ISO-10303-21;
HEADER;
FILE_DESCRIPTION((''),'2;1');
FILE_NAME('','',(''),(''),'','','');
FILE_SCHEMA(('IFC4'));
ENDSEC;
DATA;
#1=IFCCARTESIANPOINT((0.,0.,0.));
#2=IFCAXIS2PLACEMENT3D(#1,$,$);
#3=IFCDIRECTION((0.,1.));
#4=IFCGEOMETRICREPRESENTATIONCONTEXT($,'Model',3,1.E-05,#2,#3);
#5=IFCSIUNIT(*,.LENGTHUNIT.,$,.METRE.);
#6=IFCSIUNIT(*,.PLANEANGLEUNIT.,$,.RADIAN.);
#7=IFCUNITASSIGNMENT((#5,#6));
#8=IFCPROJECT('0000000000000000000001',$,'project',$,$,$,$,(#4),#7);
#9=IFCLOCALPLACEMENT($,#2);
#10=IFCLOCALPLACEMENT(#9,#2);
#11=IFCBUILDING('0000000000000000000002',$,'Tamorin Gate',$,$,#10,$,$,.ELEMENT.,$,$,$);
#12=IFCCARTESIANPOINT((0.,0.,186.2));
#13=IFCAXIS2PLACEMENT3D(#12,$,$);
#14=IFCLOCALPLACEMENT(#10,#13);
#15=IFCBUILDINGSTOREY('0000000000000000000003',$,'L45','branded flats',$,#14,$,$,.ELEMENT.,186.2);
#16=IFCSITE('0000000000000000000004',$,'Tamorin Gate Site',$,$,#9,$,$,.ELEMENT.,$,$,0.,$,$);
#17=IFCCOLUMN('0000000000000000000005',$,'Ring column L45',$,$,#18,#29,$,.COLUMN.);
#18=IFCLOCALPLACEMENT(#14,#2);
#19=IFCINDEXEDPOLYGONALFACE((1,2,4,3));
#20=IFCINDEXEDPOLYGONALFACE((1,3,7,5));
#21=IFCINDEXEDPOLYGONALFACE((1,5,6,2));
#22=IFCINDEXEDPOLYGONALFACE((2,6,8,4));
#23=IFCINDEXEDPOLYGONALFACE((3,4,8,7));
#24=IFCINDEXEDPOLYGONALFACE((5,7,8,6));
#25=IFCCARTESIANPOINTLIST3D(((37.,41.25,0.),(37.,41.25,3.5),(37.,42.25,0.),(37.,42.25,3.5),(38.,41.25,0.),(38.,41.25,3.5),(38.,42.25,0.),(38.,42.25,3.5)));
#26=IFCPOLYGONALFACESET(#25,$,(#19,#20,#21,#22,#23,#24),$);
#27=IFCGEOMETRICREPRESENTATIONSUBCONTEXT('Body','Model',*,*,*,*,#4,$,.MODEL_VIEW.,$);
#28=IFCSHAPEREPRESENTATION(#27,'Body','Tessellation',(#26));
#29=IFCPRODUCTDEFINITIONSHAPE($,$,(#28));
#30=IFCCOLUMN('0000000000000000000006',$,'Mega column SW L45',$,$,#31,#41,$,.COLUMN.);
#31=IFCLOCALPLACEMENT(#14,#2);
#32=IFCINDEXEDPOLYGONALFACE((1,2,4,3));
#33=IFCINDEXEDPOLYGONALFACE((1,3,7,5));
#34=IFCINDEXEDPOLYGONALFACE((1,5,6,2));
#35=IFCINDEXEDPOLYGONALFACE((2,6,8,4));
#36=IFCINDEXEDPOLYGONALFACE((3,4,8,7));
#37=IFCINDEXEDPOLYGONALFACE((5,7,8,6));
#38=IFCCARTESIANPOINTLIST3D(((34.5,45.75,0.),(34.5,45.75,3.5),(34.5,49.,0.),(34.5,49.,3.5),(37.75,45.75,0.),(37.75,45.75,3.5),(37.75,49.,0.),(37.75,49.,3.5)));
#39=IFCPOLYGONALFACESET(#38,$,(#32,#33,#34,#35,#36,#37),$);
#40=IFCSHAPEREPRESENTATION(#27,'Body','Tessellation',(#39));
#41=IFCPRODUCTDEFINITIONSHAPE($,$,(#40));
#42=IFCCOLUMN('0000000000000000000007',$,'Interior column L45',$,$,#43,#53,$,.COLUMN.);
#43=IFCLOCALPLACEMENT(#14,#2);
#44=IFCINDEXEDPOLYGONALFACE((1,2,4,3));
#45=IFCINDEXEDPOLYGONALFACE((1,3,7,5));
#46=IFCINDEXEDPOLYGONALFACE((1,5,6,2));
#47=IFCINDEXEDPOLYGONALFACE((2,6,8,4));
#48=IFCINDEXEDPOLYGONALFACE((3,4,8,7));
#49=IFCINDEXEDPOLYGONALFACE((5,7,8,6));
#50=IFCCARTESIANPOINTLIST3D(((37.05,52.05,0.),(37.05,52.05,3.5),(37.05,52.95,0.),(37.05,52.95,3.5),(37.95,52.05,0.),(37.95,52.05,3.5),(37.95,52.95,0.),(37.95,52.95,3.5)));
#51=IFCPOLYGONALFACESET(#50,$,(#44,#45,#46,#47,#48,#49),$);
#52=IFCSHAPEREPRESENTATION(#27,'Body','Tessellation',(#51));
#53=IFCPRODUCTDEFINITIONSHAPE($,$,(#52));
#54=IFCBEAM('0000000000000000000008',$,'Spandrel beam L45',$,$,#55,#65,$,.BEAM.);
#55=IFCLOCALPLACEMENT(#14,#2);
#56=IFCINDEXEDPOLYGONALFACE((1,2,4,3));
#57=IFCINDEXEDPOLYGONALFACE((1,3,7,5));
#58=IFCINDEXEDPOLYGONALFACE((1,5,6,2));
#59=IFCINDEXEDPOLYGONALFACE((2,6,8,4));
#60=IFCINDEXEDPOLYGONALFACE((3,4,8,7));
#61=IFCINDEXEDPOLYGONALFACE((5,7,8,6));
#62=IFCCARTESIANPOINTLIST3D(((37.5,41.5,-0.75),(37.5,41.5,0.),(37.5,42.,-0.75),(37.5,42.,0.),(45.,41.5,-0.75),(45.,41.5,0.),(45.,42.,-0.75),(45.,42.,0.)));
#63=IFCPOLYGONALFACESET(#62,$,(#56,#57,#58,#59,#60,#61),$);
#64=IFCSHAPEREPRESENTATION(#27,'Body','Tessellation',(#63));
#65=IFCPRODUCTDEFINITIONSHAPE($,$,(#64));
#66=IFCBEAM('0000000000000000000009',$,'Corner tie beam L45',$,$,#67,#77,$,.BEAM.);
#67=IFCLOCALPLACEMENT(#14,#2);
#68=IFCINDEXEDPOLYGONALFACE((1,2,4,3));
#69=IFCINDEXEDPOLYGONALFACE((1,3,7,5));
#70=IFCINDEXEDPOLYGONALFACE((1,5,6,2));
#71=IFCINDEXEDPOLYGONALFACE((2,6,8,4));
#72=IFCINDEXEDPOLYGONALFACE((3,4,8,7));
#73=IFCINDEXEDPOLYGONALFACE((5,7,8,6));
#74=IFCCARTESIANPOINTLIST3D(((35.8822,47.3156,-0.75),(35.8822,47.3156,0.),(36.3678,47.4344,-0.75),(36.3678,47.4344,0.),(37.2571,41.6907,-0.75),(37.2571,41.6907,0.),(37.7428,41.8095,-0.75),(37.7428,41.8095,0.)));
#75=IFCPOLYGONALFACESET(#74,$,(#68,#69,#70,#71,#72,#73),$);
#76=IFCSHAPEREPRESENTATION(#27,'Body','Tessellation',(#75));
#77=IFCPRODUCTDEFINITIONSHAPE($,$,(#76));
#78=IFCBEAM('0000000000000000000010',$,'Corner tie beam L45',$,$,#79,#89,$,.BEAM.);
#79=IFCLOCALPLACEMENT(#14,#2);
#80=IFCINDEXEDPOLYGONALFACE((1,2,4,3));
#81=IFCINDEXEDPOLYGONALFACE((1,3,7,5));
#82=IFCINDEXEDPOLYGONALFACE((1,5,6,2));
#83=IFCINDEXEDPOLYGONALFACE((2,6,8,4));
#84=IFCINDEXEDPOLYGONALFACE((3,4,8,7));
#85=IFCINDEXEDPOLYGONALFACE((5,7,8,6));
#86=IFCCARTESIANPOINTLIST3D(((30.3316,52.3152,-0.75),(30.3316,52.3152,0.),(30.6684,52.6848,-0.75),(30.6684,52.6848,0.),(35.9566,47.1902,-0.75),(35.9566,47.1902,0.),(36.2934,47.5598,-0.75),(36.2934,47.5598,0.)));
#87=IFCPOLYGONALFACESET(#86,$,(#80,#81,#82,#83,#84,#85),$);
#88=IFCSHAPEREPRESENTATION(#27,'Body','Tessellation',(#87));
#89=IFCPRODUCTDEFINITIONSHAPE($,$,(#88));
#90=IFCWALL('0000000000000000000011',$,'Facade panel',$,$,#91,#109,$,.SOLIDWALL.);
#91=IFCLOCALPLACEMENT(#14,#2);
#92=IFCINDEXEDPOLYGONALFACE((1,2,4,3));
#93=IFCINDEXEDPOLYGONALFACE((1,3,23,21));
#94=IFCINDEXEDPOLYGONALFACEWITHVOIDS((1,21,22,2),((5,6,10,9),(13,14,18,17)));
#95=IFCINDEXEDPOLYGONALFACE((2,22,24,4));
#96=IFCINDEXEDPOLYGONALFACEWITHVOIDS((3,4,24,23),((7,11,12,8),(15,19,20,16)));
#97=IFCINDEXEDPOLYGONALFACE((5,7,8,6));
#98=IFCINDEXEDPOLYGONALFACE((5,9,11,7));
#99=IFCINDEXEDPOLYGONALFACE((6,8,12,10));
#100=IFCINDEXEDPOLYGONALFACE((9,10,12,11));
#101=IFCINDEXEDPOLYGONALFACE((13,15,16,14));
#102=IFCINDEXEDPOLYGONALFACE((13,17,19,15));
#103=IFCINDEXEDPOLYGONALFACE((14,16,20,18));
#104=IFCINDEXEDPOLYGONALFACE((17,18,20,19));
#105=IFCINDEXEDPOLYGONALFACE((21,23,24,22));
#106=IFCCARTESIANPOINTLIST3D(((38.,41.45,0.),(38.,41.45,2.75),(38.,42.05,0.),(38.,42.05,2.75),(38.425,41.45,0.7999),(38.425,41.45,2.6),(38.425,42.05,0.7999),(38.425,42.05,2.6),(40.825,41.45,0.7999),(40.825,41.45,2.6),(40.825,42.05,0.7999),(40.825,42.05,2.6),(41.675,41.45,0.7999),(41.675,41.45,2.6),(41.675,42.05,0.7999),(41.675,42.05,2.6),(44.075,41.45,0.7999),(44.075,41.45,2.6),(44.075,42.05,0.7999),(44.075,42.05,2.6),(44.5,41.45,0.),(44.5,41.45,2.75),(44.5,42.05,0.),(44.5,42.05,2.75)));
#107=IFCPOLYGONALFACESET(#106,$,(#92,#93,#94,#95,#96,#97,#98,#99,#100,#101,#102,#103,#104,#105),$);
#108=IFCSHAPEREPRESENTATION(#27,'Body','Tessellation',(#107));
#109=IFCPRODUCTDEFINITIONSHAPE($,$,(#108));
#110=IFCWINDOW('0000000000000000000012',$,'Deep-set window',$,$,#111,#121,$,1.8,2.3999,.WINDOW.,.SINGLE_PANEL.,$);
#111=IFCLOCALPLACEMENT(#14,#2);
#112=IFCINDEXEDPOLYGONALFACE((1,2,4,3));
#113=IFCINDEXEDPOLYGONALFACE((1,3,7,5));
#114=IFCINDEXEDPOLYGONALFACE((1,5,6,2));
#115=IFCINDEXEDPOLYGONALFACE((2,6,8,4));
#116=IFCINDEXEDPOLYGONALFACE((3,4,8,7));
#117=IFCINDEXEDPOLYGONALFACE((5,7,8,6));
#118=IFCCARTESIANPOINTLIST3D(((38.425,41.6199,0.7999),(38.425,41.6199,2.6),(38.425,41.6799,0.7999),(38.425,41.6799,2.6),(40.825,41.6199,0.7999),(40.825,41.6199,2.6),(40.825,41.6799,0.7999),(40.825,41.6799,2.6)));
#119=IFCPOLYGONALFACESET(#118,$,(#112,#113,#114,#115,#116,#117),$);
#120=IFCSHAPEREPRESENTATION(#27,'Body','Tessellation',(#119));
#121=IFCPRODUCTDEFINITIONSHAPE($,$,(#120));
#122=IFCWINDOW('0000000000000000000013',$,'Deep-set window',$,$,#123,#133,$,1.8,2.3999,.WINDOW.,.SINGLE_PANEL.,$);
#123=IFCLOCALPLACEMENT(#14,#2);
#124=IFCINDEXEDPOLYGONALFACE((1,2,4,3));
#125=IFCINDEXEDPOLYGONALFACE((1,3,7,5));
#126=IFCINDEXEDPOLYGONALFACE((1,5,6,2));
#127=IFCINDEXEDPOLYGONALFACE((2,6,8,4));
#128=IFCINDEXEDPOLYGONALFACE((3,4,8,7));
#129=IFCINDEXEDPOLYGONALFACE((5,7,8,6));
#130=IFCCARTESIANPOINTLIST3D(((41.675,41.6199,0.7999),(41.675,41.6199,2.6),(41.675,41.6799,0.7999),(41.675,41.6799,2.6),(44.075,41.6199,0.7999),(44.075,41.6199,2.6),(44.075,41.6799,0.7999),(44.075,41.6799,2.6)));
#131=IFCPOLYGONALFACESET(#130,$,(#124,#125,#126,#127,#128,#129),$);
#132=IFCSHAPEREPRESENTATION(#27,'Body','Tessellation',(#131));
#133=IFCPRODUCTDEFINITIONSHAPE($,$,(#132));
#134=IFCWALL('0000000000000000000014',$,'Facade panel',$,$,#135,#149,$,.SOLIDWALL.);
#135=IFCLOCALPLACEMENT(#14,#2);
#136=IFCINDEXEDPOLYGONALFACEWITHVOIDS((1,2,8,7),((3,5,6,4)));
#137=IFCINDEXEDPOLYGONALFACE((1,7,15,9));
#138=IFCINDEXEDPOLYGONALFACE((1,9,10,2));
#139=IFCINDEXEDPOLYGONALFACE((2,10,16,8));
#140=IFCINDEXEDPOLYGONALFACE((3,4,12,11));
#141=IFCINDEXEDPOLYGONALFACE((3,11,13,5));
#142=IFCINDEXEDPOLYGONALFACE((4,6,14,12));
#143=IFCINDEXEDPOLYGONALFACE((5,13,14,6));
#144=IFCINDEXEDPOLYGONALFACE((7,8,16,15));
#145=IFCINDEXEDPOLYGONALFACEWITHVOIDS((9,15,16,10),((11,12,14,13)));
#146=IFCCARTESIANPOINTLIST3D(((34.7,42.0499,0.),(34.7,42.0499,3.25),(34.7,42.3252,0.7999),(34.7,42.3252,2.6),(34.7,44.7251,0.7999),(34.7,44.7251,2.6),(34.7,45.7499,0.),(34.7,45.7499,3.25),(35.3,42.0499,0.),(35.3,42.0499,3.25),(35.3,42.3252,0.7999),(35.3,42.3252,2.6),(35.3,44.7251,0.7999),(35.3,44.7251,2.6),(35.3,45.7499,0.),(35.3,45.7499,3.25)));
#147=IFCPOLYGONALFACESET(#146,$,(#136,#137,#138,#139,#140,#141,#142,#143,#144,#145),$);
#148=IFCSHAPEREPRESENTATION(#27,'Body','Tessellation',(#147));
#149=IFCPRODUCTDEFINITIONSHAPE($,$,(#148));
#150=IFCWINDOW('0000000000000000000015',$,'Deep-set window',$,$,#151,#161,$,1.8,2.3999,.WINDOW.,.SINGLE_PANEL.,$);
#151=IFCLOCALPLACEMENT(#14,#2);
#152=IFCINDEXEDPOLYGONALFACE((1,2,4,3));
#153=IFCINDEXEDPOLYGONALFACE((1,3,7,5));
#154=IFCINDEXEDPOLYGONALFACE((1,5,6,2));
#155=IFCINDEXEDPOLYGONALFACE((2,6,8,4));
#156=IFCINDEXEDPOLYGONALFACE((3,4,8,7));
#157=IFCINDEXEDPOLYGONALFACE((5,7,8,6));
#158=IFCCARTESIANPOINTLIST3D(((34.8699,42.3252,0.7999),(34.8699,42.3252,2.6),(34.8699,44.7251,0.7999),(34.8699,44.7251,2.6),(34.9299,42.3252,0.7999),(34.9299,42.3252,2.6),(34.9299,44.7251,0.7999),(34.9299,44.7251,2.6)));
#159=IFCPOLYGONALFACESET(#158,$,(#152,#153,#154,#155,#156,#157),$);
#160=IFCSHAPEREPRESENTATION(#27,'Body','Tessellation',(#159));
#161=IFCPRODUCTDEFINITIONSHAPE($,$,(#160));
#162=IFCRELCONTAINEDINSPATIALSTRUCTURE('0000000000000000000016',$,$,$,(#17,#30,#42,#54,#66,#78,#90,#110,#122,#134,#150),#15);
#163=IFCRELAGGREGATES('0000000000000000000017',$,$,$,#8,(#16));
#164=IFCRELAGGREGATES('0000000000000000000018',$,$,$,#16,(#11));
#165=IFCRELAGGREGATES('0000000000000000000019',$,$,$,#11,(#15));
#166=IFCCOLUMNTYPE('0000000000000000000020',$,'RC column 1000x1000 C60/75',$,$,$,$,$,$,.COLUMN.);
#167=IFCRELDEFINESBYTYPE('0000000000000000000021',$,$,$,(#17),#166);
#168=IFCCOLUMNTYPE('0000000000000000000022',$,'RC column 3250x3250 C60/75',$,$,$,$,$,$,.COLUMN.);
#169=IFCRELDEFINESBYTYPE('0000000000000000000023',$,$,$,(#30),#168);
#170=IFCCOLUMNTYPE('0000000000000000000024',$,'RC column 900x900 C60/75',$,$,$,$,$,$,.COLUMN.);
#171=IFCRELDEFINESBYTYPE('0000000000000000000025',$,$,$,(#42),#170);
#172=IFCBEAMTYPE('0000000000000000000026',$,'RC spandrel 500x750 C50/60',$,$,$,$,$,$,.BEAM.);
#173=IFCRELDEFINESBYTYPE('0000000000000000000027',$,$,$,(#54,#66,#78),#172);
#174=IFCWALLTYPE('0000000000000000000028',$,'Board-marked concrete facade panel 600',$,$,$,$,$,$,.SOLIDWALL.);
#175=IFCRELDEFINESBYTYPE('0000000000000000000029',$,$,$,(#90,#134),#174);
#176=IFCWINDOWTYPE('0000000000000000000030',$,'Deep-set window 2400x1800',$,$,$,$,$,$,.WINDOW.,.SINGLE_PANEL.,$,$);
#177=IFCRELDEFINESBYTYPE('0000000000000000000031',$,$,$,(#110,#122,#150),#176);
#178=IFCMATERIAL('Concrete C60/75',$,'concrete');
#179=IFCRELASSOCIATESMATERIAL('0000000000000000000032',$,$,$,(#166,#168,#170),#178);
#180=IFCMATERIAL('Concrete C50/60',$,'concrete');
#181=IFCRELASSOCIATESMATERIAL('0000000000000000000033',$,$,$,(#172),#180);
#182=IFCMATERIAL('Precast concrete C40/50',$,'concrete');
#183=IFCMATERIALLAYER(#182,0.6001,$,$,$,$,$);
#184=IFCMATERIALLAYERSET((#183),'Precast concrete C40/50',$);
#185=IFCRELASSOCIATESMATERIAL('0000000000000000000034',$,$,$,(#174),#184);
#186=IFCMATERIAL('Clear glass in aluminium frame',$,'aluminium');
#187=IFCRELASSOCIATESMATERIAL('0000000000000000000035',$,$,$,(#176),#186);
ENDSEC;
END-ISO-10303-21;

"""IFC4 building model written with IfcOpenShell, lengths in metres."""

from ifc_helpers import new_model, si_unit, direction, frame, frame_2d, origin, origin_2d, place, context, subcontext, project, spatial, rectangle, extrude, material, layer, layer_set, material_profile, profile_set, type_object, element, fill, save


model = new_model("IFC4")

# Units and contexts
model_context = context("Model", 3, precision=1e-05, world=origin(), true_north=direction((0.0, 1.0)))
body_context = subcontext(model_context, "Body", "Model", "MODEL_VIEW")
ifc_project = project(units=[si_unit("LENGTHUNIT", "METRE"), si_unit("PLANEANGLEUNIT", "RADIAN")], contexts=[model_context])

# Site, building, storey
site_placement = place(None, origin())
site = spatial("IfcSite", under=ifc_project, at=site_placement, Name="Tamorin Gate Site", CompositionType="ELEMENT", RefElevation=0.0)
building_placement = place(site_placement, origin())
building = spatial("IfcBuilding", under=site, at=building_placement, Name="Tamorin Gate", CompositionType="ELEMENT")
storey_placement = place(building_placement, frame((0.0, 0.0, 186.2)))
storey = spatial("IfcBuildingStorey", under=building, at=storey_placement, Name="L45", Description="branded flats", CompositionType="ELEMENT", Elevation=186.2)

# Columns
ifc_material_1 = material(Name="Concrete C60/75", Category="concrete")
ifc_material_profile_1 = material_profile(ifc_material_1, rectangle(XDim=1.0, YDim=1.0, at=origin_2d()), Name="RC 1000x1000")
ifc_profile_set_1 = profile_set([ifc_material_profile_1], Name="Concrete C60/75")
column_type_1 = type_object("IfcColumnType", Name="RC column 1000x1000 C60/75", PredefinedType="COLUMN", material=ifc_profile_set_1)
column_1_placement = place(storey_placement, frame((37.5, 41.75, 0.0), z_axis=(0.0, 0.0, 1.0), x_axis=(1.0, 0.0, 0.0)))
element("IfcColumn", 1, at=column_1_placement, inside=storey, type_object=column_type_1, Name="Ring column L45", PredefinedType="COLUMN", context=body_context, shape_type="SweptSolid", body=[
    extrude(rectangle(XDim=1.0, YDim=1.0, at=origin_2d()), origin(), (0.0, 0.0, 1.0), 3.5),
])
ifc_material_profile_2 = material_profile(ifc_material_1, rectangle(XDim=3.25, YDim=3.25, at=origin_2d()), Name="RC 3250x3250")
ifc_profile_set_2 = profile_set([ifc_material_profile_2], Name="Concrete C60/75")
column_type_2 = type_object("IfcColumnType", Name="RC column 3250x3250 C60/75", PredefinedType="COLUMN", material=ifc_profile_set_2)
column_2_placement = place(storey_placement, frame((36.125, 47.375, 0.0), z_axis=(0.0, 0.0, 1.0), x_axis=(1.0, 0.0, 0.0)))
element("IfcColumn", 2, at=column_2_placement, inside=storey, type_object=column_type_2, Name="Mega column SW L45", PredefinedType="COLUMN", context=body_context, shape_type="SweptSolid", body=[
    extrude(rectangle(XDim=3.25, YDim=3.25, at=origin_2d()), origin(), (0.0, 0.0, 1.0), 3.5),
])
ifc_material_profile_3 = material_profile(ifc_material_1, rectangle(XDim=0.8999, YDim=0.8999, at=origin_2d()), Name="RC 900x900")
ifc_profile_set_3 = profile_set([ifc_material_profile_3], Name="Concrete C60/75")
column_type_3 = type_object("IfcColumnType", Name="RC column 900x900 C60/75", PredefinedType="COLUMN", material=ifc_profile_set_3)
column_3_placement = place(storey_placement, frame((37.5, 52.5, 0.0), z_axis=(0.0, 0.0, 1.0), x_axis=(1.0, 0.0, 0.0)))
element("IfcColumn", 3, at=column_3_placement, inside=storey, type_object=column_type_3, Name="Interior column L45", PredefinedType="COLUMN", context=body_context, shape_type="SweptSolid", body=[
    extrude(rectangle(XDim=0.8999, YDim=0.8999, at=origin_2d()), origin(), (0.0, 0.0, 1.0), 3.5),
])

# Beams
ifc_material_2 = material(Name="Concrete C50/60", Category="concrete")
ifc_material_profile_4 = material_profile(ifc_material_2, rectangle(XDim=0.5, YDim=0.75, at=origin_2d()), Name="RC 500x750")
ifc_profile_set_4 = profile_set([ifc_material_profile_4], Name="Concrete C50/60")
beam_type = type_object("IfcBeamType", Name="RC spandrel 500x750 C50/60", PredefinedType="BEAM", material=ifc_profile_set_4)
beam_1_placement = place(storey_placement, frame((37.5, 41.75, -0.375), z_axis=(1.0, 0.0, 0.0), x_axis=(0.0, 1.0, 0.0)))
element("IfcBeam", 4, at=beam_1_placement, inside=storey, type_object=beam_type, Name="Spandrel beam L45", PredefinedType="BEAM", context=body_context, shape_type="SweptSolid", body=[
    extrude(rectangle(XDim=0.5, YDim=0.75, at=origin_2d()), origin(), (0.0, 0.0, 1.0), 7.5),
])
beam_2_placement = place(storey_placement, frame((36.125, 47.375, -0.375), z_axis=(0.237453, -0.971399, 0.0), x_axis=(0.971399, 0.237453, 0.0)))
element("IfcBeam", 5, at=beam_2_placement, inside=storey, type_object=beam_type, Name="Corner tie beam L45", PredefinedType="BEAM", context=body_context, shape_type="SweptSolid", body=[
    extrude(rectangle(XDim=0.5, YDim=0.75, at=origin_2d()), origin(), (0.0, 0.0, 1.0), 5.7905),
])
beam_3_placement = place(storey_placement, frame((36.125, 47.375, -0.375), z_axis=(-0.739196, 0.67349, 0.0), x_axis=(-0.67349, -0.739196, 0.0)))
element("IfcBeam", 6, at=beam_3_placement, inside=storey, type_object=beam_type, Name="Corner tie beam L45", PredefinedType="BEAM", context=body_context, shape_type="SweptSolid", body=[
    extrude(rectangle(XDim=0.5, YDim=0.75, at=origin_2d()), origin(), (0.0, 0.0, 1.0), 7.6096),
])

# Wall, openings, windows
ifc_material_3 = material(Name="Precast concrete C40/50", Category="concrete")
ifc_layer_1 = layer(ifc_material_3, 0.6001)
ifc_layer_set_1 = layer_set([ifc_layer_1], Name="Precast concrete C40/50")
wall_type_1 = type_object("IfcWallType", Name="Board-marked concrete facade panel 600", PredefinedType="SOLIDWALL", material=ifc_layer_set_1)
wall_1_placement = place(storey_placement, frame((38.0, 41.75, 0.0), z_axis=(0.0, 0.0, 1.0), x_axis=(1.0, 0.0, 0.0)))
wall_1 = element("IfcWall", 7, at=wall_1_placement, inside=storey, type_object=wall_type_1, Name="Facade panel", PredefinedType="SOLIDWALL", context=body_context, shape_type="SweptSolid", body=[
    extrude(rectangle(XDim=6.5, YDim=0.6001, at=frame_2d((3.25, 0.0))), origin(), (0.0, 0.0, 1.0), 2.75),
])
opening_1_placement = place(wall_1_placement, frame((0.425, 0.0, 0.8)))
opening_1 = element("IfcOpeningElement", 8, at=opening_1_placement, cuts=wall_1, PredefinedType="OPENING", context=body_context, shape_type="SweptSolid", body=[
    extrude(rectangle(XDim=2.3999, YDim=1.8, at=frame_2d((1.2, 0.8999))), frame((0.0, 0.3101, 0.0), z_axis=(0.0, -1.0, 0.0), x_axis=(1.0, 0.0, 0.0)), (0.0, 0.0, 1.0), 0.6201),
])
opening_2_placement = place(wall_1_placement, frame((3.675, 0.0, 0.8)))
opening_2 = element("IfcOpeningElement", 9, at=opening_2_placement, cuts=wall_1, PredefinedType="OPENING", context=body_context, shape_type="SweptSolid", body=[
    extrude(rectangle(XDim=2.3999, YDim=1.8, at=frame_2d((1.2, 0.8999))), frame((0.0, 0.3101, 0.0), z_axis=(0.0, -1.0, 0.0), x_axis=(1.0, 0.0, 0.0)), (0.0, 0.0, 1.0), 0.6201),
])
ifc_material_4 = material(Name="Clear glass in aluminium frame", Category="aluminium")
window_type = type_object("IfcWindowType", Name="Deep-set window 2400x1800", PartitioningType="SINGLE_PANEL", PredefinedType="WINDOW", material=ifc_material_4)
window_1_placement = place(opening_1_placement, origin())
window_1 = element("IfcWindow", 10, at=window_1_placement, inside=storey, type_object=window_type, Name="Deep-set window", OverallHeight=1.8, OverallWidth=2.3999, PartitioningType="SINGLE_PANEL", PredefinedType="WINDOW", context=body_context, shape_type="SweptSolid", body=[
    extrude(rectangle(XDim=2.3999, YDim=1.8, at=frame_2d((1.2, 0.8999))), frame((0.0, -0.0701, 0.0), z_axis=(0.0, -1.0, 0.0), x_axis=(1.0, 0.0, 0.0)), (0.0, 0.0, 1.0), 0.0601),
])
fill(opening_1, window_1)
window_2_placement = place(opening_2_placement, origin())
window_2 = element("IfcWindow", 11, at=window_2_placement, inside=storey, type_object=window_type, Name="Deep-set window", OverallHeight=1.8, OverallWidth=2.3999, PartitioningType="SINGLE_PANEL", PredefinedType="WINDOW", context=body_context, shape_type="SweptSolid", body=[
    extrude(rectangle(XDim=2.3999, YDim=1.8, at=frame_2d((1.2, 0.8999))), frame((0.0, -0.0701, 0.0), z_axis=(0.0, -1.0, 0.0), x_axis=(1.0, 0.0, 0.0)), (0.0, 0.0, 1.0), 0.0601),
])
fill(opening_2, window_2)

# Wall, opening, window
wall_2_placement = place(storey_placement, frame((35.0, 45.75, 0.0), z_axis=(0.0, 0.0, 1.0), x_axis=(0.0, -1.0, 0.0)))
wall_2 = element("IfcWall", 12, at=wall_2_placement, inside=storey, type_object=wall_type_1, Name="Facade panel", PredefinedType="SOLIDWALL", context=body_context, shape_type="SweptSolid", body=[
    extrude(rectangle(XDim=3.7, YDim=0.6001, at=frame_2d((1.8501, 0.0))), origin(), (0.0, 0.0, 1.0), 3.25),
])
opening_3_placement = place(wall_2_placement, frame((1.0249, 0.0, 0.8)))
opening_3 = element("IfcOpeningElement", 13, at=opening_3_placement, cuts=wall_2, PredefinedType="OPENING", context=body_context, shape_type="SweptSolid", body=[
    extrude(rectangle(XDim=2.3999, YDim=1.8, at=frame_2d((1.2, 0.8999))), frame((0.0, 0.3101, 0.0), z_axis=(0.0, -1.0, 0.0), x_axis=(1.0, 0.0, 0.0)), (0.0, 0.0, 1.0), 0.6201),
])
window_3_placement = place(opening_3_placement, origin())
window_3 = element("IfcWindow", 14, at=window_3_placement, inside=storey, type_object=window_type, Name="Deep-set window", OverallHeight=1.8, OverallWidth=2.3999, PartitioningType="SINGLE_PANEL", PredefinedType="WINDOW", context=body_context, shape_type="SweptSolid", body=[
    extrude(rectangle(XDim=2.3999, YDim=1.8, at=frame_2d((1.2, 0.8999))), frame((0.0, -0.0701, 0.0), z_axis=(0.0, -1.0, 0.0), x_axis=(1.0, 0.0, 0.0)), (0.0, 0.0, 1.0), 0.0601),
])
fill(opening_3, window_3)

save(model, "model.ifc")
